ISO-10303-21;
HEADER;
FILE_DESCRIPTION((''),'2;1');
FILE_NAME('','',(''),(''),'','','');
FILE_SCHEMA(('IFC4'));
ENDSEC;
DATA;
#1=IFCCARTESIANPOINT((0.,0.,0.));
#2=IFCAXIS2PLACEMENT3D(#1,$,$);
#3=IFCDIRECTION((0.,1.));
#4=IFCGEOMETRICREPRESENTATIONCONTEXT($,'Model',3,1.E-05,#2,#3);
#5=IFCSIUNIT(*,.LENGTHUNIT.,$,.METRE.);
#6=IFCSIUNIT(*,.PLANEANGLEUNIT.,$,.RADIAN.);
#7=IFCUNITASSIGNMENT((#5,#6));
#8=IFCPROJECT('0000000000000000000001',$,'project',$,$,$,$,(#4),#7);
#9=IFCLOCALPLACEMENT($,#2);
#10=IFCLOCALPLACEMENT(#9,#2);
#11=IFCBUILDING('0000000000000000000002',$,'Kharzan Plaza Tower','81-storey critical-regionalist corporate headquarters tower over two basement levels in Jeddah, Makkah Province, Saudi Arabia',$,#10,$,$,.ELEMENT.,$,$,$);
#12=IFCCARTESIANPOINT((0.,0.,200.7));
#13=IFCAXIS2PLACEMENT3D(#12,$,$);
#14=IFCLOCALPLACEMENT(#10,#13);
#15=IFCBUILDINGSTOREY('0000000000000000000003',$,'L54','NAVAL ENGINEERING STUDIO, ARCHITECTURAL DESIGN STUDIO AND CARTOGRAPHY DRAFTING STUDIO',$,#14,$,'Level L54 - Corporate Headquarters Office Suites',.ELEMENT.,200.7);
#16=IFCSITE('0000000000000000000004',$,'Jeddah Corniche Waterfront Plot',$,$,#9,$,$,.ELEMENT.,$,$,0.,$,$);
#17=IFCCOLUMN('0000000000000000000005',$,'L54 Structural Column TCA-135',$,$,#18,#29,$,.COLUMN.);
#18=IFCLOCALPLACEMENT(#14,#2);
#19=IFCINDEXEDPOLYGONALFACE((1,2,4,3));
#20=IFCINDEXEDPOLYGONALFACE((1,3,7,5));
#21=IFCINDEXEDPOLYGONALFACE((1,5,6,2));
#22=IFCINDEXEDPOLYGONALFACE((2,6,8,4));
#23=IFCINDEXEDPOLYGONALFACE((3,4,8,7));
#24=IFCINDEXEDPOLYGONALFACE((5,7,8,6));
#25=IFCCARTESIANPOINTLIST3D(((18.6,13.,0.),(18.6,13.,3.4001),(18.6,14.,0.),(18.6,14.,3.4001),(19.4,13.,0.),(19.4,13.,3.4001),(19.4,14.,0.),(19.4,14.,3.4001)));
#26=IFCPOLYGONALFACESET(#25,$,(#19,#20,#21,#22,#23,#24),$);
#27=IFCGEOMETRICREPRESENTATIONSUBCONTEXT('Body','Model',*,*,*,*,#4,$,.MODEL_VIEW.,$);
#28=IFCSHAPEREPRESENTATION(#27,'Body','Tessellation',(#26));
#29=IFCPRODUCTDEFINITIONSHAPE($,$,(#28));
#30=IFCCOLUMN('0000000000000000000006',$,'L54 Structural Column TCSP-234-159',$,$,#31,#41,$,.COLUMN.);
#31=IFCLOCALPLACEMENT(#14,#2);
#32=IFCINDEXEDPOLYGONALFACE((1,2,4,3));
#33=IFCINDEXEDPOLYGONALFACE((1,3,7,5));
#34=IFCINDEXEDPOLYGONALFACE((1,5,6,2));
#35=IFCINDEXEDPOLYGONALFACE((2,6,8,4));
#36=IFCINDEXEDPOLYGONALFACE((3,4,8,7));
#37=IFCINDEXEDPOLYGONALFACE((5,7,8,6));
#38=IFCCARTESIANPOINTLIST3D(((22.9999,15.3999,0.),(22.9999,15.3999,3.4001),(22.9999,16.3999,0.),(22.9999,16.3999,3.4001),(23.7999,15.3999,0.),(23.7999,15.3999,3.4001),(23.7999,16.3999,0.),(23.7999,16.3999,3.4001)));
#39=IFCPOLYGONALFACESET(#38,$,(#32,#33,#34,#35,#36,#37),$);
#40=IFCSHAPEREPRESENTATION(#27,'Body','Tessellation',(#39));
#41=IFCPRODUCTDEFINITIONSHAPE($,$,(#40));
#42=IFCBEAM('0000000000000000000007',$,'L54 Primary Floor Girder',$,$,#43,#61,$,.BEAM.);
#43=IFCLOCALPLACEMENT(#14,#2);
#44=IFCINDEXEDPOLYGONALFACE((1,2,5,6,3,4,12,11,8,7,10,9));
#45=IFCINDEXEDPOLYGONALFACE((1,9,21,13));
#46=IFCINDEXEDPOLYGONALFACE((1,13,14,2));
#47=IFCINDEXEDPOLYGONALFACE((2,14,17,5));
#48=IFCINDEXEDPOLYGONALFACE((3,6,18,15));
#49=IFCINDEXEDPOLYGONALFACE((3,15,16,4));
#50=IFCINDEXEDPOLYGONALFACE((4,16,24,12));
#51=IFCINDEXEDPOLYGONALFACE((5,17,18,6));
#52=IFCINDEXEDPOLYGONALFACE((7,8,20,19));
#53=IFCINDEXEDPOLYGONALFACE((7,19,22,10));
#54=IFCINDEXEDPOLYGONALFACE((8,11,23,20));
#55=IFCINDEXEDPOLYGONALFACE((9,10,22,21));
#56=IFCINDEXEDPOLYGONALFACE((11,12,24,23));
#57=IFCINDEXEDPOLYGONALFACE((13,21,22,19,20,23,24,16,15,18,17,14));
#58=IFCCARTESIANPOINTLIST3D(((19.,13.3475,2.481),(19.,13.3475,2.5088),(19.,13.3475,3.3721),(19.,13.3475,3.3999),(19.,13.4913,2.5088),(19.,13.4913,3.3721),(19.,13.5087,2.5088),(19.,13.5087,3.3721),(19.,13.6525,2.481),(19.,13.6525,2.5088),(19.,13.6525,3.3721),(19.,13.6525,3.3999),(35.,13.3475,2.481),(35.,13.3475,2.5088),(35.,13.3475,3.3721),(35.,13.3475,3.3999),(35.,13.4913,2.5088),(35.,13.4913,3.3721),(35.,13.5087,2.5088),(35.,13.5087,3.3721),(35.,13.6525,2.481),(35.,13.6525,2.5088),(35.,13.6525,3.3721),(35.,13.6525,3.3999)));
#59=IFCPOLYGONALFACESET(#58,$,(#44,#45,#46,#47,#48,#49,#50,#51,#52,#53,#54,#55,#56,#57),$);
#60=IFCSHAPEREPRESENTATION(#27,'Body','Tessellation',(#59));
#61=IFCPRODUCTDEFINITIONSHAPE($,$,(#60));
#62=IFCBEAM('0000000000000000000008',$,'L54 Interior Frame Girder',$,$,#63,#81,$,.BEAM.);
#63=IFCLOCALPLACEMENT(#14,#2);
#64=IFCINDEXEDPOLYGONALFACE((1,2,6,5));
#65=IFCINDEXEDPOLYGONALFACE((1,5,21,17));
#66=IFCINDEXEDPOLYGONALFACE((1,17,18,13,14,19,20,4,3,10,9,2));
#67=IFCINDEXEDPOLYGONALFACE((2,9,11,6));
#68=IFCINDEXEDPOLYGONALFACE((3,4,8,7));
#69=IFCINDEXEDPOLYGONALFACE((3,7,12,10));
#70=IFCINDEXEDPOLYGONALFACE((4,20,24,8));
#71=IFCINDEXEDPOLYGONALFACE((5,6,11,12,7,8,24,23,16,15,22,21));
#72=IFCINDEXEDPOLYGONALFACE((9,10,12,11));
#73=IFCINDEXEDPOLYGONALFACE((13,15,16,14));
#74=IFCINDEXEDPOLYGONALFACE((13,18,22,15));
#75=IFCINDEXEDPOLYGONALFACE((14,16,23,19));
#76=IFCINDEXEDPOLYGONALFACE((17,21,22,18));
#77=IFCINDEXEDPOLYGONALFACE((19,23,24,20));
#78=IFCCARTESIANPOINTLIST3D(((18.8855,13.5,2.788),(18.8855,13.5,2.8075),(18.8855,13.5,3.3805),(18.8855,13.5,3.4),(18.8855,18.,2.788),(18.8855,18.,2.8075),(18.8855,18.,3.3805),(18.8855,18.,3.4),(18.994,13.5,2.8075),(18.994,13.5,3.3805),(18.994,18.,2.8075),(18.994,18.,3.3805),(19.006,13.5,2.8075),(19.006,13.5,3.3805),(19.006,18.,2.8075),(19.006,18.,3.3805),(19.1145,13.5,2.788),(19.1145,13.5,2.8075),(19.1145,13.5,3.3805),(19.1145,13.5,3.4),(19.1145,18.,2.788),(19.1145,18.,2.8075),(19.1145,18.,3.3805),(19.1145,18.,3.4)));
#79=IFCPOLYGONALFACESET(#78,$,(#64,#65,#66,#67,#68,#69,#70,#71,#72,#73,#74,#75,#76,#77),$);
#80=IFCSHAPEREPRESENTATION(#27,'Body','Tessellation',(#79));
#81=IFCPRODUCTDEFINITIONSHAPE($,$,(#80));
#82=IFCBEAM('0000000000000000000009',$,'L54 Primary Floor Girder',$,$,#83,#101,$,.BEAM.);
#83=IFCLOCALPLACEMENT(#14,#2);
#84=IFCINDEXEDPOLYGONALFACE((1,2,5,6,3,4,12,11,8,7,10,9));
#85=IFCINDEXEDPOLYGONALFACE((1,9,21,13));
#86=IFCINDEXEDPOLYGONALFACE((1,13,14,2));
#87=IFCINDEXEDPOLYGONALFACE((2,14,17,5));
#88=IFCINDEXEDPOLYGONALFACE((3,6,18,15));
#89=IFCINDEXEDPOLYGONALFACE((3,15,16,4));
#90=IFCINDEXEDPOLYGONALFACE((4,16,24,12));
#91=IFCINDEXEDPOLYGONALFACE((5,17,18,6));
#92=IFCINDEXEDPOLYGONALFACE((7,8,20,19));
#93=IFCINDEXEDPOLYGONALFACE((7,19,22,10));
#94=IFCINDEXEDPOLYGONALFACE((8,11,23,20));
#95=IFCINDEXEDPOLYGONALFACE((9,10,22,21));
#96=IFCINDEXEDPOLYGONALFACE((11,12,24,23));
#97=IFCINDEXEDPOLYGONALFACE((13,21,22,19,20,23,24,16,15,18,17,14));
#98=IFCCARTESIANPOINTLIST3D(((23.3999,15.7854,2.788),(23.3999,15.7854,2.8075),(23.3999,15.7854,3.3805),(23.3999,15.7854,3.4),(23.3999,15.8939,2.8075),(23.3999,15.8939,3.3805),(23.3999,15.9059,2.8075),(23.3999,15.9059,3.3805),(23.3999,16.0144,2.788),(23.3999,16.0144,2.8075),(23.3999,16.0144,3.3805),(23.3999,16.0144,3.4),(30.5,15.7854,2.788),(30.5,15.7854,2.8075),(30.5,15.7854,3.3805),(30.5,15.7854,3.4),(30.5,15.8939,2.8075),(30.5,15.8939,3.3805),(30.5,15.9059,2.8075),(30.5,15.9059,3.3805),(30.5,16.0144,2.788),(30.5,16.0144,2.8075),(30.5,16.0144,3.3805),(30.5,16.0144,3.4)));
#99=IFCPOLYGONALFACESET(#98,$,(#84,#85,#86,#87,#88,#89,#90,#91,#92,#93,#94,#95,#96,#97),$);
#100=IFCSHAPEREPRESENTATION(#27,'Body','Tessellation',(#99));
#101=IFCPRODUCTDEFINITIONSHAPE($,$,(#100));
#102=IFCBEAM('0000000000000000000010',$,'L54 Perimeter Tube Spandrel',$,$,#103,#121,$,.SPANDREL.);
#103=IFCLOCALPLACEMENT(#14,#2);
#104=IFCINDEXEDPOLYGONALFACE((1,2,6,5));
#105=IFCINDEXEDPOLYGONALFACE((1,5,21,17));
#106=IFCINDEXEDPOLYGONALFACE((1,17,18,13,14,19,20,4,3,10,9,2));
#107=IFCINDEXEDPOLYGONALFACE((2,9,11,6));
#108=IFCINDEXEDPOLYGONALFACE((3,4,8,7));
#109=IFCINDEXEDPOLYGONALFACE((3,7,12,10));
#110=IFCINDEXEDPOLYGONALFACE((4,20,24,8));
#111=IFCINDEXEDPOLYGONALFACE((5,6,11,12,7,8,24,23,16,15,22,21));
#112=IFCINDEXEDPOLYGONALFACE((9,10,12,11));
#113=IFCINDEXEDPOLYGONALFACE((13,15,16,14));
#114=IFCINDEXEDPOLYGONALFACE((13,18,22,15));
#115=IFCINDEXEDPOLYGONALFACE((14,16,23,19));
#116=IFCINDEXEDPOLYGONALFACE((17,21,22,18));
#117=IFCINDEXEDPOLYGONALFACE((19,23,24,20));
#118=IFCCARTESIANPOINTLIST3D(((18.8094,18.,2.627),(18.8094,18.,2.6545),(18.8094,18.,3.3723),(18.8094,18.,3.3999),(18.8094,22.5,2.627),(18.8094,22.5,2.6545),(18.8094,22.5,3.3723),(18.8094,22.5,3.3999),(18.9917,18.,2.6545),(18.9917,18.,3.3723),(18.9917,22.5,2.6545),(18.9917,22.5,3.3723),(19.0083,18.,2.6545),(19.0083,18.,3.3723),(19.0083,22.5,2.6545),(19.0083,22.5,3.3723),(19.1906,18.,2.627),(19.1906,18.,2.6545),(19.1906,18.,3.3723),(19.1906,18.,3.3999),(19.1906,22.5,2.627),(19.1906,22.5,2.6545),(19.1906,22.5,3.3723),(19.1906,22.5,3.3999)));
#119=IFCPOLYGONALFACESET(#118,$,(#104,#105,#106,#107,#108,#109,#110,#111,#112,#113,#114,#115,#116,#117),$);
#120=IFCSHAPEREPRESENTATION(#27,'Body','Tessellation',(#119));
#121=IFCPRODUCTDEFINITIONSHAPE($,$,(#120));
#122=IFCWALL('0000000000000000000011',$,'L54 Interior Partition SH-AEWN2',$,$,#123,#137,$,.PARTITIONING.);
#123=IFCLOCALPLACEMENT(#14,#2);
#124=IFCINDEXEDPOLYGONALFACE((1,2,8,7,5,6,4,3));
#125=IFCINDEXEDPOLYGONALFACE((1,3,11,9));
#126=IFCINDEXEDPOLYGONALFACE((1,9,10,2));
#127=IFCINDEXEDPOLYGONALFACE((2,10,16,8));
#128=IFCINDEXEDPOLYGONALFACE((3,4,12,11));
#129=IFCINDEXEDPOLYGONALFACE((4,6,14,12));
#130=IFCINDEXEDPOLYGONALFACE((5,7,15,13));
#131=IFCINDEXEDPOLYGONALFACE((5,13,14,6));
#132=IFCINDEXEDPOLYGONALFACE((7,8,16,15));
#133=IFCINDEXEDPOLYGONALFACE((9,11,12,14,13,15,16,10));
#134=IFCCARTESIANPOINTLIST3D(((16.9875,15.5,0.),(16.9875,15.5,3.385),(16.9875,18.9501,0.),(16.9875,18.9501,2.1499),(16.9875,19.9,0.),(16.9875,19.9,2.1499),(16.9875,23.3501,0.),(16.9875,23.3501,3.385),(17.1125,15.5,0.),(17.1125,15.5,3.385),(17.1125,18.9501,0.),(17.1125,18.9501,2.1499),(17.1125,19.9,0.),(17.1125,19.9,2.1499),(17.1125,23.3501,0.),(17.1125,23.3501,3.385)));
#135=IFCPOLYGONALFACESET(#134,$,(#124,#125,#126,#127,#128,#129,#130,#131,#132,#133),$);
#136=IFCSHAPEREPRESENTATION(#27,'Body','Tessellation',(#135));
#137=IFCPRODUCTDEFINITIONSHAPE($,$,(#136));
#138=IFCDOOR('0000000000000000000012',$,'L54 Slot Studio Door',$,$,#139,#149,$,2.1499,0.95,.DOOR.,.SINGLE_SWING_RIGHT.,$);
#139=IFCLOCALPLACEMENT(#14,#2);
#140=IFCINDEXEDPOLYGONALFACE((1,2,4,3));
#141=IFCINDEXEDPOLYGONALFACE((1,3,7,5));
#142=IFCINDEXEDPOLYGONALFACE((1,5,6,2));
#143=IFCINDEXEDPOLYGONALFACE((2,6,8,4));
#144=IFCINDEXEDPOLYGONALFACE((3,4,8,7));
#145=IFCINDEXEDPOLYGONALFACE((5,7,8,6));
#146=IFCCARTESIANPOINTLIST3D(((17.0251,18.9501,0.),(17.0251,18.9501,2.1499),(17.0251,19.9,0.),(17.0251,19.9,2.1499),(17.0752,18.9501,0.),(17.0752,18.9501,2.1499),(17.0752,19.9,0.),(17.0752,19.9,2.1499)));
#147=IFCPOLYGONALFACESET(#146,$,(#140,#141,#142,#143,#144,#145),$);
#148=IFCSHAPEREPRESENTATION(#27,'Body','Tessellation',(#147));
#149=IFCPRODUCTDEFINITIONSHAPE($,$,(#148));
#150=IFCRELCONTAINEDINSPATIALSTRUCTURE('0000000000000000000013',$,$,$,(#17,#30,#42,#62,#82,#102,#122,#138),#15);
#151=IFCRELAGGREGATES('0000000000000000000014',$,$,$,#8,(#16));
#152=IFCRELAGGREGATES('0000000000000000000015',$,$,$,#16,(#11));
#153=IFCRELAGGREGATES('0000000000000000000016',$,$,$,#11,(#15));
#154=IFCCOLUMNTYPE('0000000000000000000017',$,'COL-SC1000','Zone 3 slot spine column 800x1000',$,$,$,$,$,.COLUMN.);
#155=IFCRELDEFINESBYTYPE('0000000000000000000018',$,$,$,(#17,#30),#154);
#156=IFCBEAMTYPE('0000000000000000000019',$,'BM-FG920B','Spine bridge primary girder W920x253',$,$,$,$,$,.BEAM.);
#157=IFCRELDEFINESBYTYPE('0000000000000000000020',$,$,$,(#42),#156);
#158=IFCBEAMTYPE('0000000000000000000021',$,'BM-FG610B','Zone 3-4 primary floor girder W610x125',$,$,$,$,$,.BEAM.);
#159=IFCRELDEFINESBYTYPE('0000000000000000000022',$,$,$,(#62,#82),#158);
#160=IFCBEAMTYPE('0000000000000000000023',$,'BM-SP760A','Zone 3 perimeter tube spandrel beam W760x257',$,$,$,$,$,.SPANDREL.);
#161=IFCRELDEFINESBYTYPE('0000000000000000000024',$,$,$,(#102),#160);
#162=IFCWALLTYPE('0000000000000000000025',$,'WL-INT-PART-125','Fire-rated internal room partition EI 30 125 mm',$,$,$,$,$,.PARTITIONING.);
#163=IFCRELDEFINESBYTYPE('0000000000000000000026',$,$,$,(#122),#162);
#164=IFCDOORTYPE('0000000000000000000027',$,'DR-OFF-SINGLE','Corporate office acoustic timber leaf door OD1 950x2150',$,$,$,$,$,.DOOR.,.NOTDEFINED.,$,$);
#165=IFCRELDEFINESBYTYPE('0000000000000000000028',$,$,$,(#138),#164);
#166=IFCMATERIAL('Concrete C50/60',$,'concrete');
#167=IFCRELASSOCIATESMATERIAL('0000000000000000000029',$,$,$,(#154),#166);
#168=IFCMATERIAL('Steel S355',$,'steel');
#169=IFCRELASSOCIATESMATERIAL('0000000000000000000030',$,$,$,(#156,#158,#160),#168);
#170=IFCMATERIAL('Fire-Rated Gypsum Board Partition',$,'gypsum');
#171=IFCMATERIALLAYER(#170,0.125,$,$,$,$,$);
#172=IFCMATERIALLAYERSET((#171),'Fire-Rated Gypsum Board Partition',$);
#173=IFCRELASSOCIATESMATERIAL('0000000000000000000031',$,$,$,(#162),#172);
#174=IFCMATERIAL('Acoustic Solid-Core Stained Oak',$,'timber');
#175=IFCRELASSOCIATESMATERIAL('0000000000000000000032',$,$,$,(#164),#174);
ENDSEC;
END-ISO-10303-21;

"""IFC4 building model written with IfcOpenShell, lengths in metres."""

from ifc_helpers import new_model, si_unit, direction, frame, frame_2d, origin, origin_2d, place, context, subcontext, project, spatial, rectangle, i_section, extrude, source, transform, mapped, material, layer, layer_set, material_profile, profile_set, type_object, element, fill, save


model = new_model("IFC4")

# Units and contexts
model_context = context("Model", 3, precision=1e-05, world=origin(), true_north=direction((0.0, 1.0)))
body_context = subcontext(model_context, "Body", "Model", "MODEL_VIEW")
ifc_project = project(units=[si_unit("LENGTHUNIT", "METRE"), si_unit("PLANEANGLEUNIT", "RADIAN")], contexts=[model_context])

# Site, building, storey
site_placement = place(None, origin())
site = spatial("IfcSite", under=ifc_project, at=site_placement, Name="Jeddah Corniche Waterfront Plot", CompositionType="ELEMENT", RefElevation=0.0)
building_placement = place(site_placement, origin())
building = spatial("IfcBuilding", under=site, at=building_placement, Name="Kharzan Plaza Tower", Description="81-storey critical-regionalist corporate headquarters tower over two basement levels in Jeddah, Makkah Province, Saudi Arabia", CompositionType="ELEMENT")
storey_placement = place(building_placement, frame((0.0, 0.0, 200.7)))
storey = spatial("IfcBuildingStorey", under=building, at=storey_placement, Name="L54", Description="NAVAL ENGINEERING STUDIO, ARCHITECTURAL DESIGN STUDIO AND CARTOGRAPHY DRAFTING STUDIO", LongName="Level L54 - Corporate Headquarters Office Suites", CompositionType="ELEMENT", Elevation=200.7)

# Columns
ifc_material_1 = material(Name="Concrete C50/60", Category="concrete")
ifc_material_profile_1 = material_profile(ifc_material_1, rectangle(XDim=0.8, YDim=1.0, at=origin_2d()), Name="RC-SC1000x800")
ifc_profile_set_1 = profile_set([ifc_material_profile_1], Name="Concrete C50/60")
column_type = type_object("IfcColumnType", Name="COL-SC1000", Description="Zone 3 slot spine column 800x1000", PredefinedType="COLUMN", material=ifc_profile_set_1)
shared_shape_1 = source(origin(), body_context, "Body", "SweptSolid", [
    extrude(rectangle(XDim=0.8, YDim=1.0, at=origin_2d()), origin(), (0.0, 0.0, 1.0), 3.4001),
])
for number, where, z_axis, x_axis, name in (
    (1, (19.0, 13.5, 0.0), (0.0, 0.0, 1.0), (1.0, 0.0, 0.0), "L54 Structural Column TCA-135"),
    (2, (23.3999, 15.8999, 0.0), (0.0, 0.0, 1.0), (1.0, 0.0, 0.0), "L54 Structural Column TCSP-234-159"),
):
    element("IfcColumn", number, at=place(storey_placement, frame(where, z_axis=z_axis, x_axis=x_axis)), inside=storey, type_object=column_type, Name=name, PredefinedType="COLUMN", context=body_context, shape_type="MappedRepresentation", body=[
        mapped(shared_shape_1, transform((0.0, 0.0, 0.0), x_axis=(1.0, 0.0, 0.0), y_axis=(0.0, 1.0, 0.0), z_axis=(0.0, 0.0, 1.0))),
    ])

# Beams
ifc_material_2 = material(Name="Steel S355", Category="steel")
ifc_material_profile_2 = material_profile(ifc_material_2, i_section(OverallWidth=0.3049, OverallDepth=0.9189, WebThickness=0.0173, FlangeThickness=0.0278, at=origin_2d()), Name="W920x253")
ifc_profile_set_2 = profile_set([ifc_material_profile_2], Name="Steel S355")
beam_type_1 = type_object("IfcBeamType", Name="BM-FG920B", Description="Spine bridge primary girder W920x253", PredefinedType="BEAM", material=ifc_profile_set_2)
shared_shape_2 = source(origin(), body_context, "Body", "SweptSolid", [
    extrude(i_section(OverallWidth=0.3049, OverallDepth=0.9189, WebThickness=0.0173, FlangeThickness=0.0278, at=origin_2d()), origin(), (0.0, 0.0, 1.0), 16.0),
])
beam_1_placement = place(storey_placement, frame((19.0, 13.5, 2.9404), z_axis=(1.0, 0.0, 0.0), x_axis=(0.0, 1.0, 0.0)))
element("IfcBeam", 3, at=beam_1_placement, inside=storey, type_object=beam_type_1, Name="L54 Primary Floor Girder", PredefinedType="BEAM", context=body_context, shape_type="MappedRepresentation", body=[
    mapped(shared_shape_2, transform((0.0, 0.0, 0.0), x_axis=(1.0, 0.0, 0.0), y_axis=(0.0, 1.0, 0.0), z_axis=(0.0, 0.0, 1.0))),
])
ifc_material_profile_3 = material_profile(ifc_material_2, i_section(OverallWidth=0.229, OverallDepth=0.6121, WebThickness=0.012, FlangeThickness=0.0195, at=origin_2d()), Name="W610x125")
ifc_profile_set_3 = profile_set([ifc_material_profile_3], Name="Steel S355")
beam_type_2 = type_object("IfcBeamType", Name="BM-FG610B", Description="Zone 3-4 primary floor girder W610x125", PredefinedType="BEAM", material=ifc_profile_set_3)
shared_shape_3 = source(origin(), body_context, "Body", "SweptSolid", [
    extrude(i_section(OverallWidth=0.229, OverallDepth=0.6121, WebThickness=0.012, FlangeThickness=0.0195, at=origin_2d()), origin(), (0.0, 0.0, 1.0), 4.5),
])
beam_2_placement = place(storey_placement, frame((19.0, 13.5, 3.094), z_axis=(0.0, 1.0, 0.0), x_axis=(-1.0, 0.0, 0.0)))
element("IfcBeam", 4, at=beam_2_placement, inside=storey, type_object=beam_type_2, Name="L54 Interior Frame Girder", PredefinedType="BEAM", context=body_context, shape_type="MappedRepresentation", body=[
    mapped(shared_shape_3, transform((0.0, 0.0, 0.0), x_axis=(1.0, 0.0, 0.0), y_axis=(0.0, 1.0, 0.0), z_axis=(0.0, 0.0, 1.0))),
])
shared_shape_4 = source(origin(), body_context, "Body", "SweptSolid", [
    extrude(i_section(OverallWidth=0.229, OverallDepth=0.6121, WebThickness=0.012, FlangeThickness=0.0195, at=origin_2d()), origin(), (0.0, 0.0, 1.0), 7.1001),
])
beam_3_placement = place(storey_placement, frame((23.3999, 15.8999, 3.094), z_axis=(1.0, 0.0, 0.0), x_axis=(0.0, 1.0, 0.0)))
element("IfcBeam", 5, at=beam_3_placement, inside=storey, type_object=beam_type_2, Name="L54 Primary Floor Girder", PredefinedType="BEAM", context=body_context, shape_type="MappedRepresentation", body=[
    mapped(shared_shape_4, transform((0.0, 0.0, 0.0), x_axis=(1.0, 0.0, 0.0), y_axis=(0.0, 1.0, 0.0), z_axis=(0.0, 0.0, 1.0))),
])
ifc_material_profile_4 = material_profile(ifc_material_2, i_section(OverallWidth=0.3811, OverallDepth=0.7729, WebThickness=0.0166, FlangeThickness=0.0276, at=origin_2d()), Name="W760x257")
ifc_profile_set_4 = profile_set([ifc_material_profile_4], Name="Steel S355")
beam_type_3 = type_object("IfcBeamType", Name="BM-SP760A", Description="Zone 3 perimeter tube spandrel beam W760x257", PredefinedType="SPANDREL", material=ifc_profile_set_4)
shared_shape_5 = source(origin(), body_context, "Body", "SweptSolid", [
    extrude(i_section(OverallWidth=0.3811, OverallDepth=0.7729, WebThickness=0.0166, FlangeThickness=0.0276, at=origin_2d()), origin(), (0.0, 0.0, 1.0), 4.5),
])
beam_4_placement = place(storey_placement, frame((19.0, 18.0, 3.0134), z_axis=(0.0, 1.0, 0.0), x_axis=(-1.0, 0.0, 0.0)))
element("IfcBeam", 6, at=beam_4_placement, inside=storey, type_object=beam_type_3, Name="L54 Perimeter Tube Spandrel", PredefinedType="SPANDREL", context=body_context, shape_type="MappedRepresentation", body=[
    mapped(shared_shape_5, transform((0.0, 0.0, 0.0), x_axis=(1.0, 0.0, 0.0), y_axis=(0.0, 1.0, 0.0), z_axis=(0.0, 0.0, 1.0))),
])

# Wall, opening, door
ifc_material_3 = material(Name="Fire-Rated Gypsum Board Partition", Category="gypsum")
ifc_layer_1 = layer(ifc_material_3, 0.125)
ifc_layer_set_1 = layer_set([ifc_layer_1], Name="Fire-Rated Gypsum Board Partition")
wall_type_1 = type_object("IfcWallType", Name="WL-INT-PART-125", Description="Fire-rated internal room partition EI 30 125 mm", PredefinedType="PARTITIONING", material=ifc_layer_set_1)
ifc_material_4 = material(Name="Acoustic Solid-Core Stained Oak", Category="timber")
door_type_1 = type_object("IfcDoorType", Name="DR-OFF-SINGLE", Description="Corporate office acoustic timber leaf door OD1 950x2150", OperationType="NOTDEFINED", PredefinedType="DOOR", material=ifc_material_4)
shared_shape_6 = source(origin(), body_context, "Body", "SweptSolid", [
    extrude(rectangle(XDim=0.95, YDim=2.1499, at=frame_2d((0.4751, 1.075))), frame((0.0, 0.0249, 0.0), z_axis=(0.0, -1.0, 0.0), x_axis=(1.0, 0.0, 0.0)), (0.0, 0.0, 1.0), 0.05),
])
wall_1_placement = place(storey_placement, frame((17.05, 15.5, 0.0), z_axis=(0.0, 0.0, 1.0), x_axis=(0.0, 1.0, 0.0)))
wall_1 = element("IfcWall", 7, at=wall_1_placement, inside=storey, type_object=wall_type_1, Name="L54 Interior Partition SH-AEWN2", PredefinedType="PARTITIONING", context=body_context, shape_type="SweptSolid", body=[
    extrude(rectangle(XDim=7.8501, YDim=0.125, at=frame_2d((3.925, 0.0))), origin(), (0.0, 0.0, 1.0), 3.385),
])
opening_1_placement = place(wall_1_placement, frame((3.45, 0.0, 0.0)))
opening_1 = element("IfcOpeningElement", 8, at=opening_1_placement, cuts=wall_1, PredefinedType="OPENING", context=body_context, shape_type="SweptSolid", body=[
    extrude(rectangle(XDim=0.95, YDim=2.1499, at=frame_2d((0.4751, 1.075))), frame((0.0, 0.0725, 0.0), z_axis=(0.0, -1.0, 0.0), x_axis=(1.0, 0.0, 0.0)), (0.0, 0.0, 1.0), 0.145),
])
door_1_placement = place(opening_1_placement, origin())
door_1 = element("IfcDoor", 9, at=door_1_placement, inside=storey, type_object=door_type_1, Name="L54 Slot Studio Door", OperationType="SINGLE_SWING_RIGHT", OverallHeight=2.1499, OverallWidth=0.95, PredefinedType="DOOR", context=body_context, shape_type="MappedRepresentation", body=[
    mapped(shared_shape_6, transform((0.0, 0.0, 0.0), x_axis=(1.0, 0.0, 0.0), y_axis=(0.0, 1.0, 0.0), z_axis=(0.0, 0.0, 1.0))),
])
fill(opening_1, door_1)

save(model, "model.ifc")
